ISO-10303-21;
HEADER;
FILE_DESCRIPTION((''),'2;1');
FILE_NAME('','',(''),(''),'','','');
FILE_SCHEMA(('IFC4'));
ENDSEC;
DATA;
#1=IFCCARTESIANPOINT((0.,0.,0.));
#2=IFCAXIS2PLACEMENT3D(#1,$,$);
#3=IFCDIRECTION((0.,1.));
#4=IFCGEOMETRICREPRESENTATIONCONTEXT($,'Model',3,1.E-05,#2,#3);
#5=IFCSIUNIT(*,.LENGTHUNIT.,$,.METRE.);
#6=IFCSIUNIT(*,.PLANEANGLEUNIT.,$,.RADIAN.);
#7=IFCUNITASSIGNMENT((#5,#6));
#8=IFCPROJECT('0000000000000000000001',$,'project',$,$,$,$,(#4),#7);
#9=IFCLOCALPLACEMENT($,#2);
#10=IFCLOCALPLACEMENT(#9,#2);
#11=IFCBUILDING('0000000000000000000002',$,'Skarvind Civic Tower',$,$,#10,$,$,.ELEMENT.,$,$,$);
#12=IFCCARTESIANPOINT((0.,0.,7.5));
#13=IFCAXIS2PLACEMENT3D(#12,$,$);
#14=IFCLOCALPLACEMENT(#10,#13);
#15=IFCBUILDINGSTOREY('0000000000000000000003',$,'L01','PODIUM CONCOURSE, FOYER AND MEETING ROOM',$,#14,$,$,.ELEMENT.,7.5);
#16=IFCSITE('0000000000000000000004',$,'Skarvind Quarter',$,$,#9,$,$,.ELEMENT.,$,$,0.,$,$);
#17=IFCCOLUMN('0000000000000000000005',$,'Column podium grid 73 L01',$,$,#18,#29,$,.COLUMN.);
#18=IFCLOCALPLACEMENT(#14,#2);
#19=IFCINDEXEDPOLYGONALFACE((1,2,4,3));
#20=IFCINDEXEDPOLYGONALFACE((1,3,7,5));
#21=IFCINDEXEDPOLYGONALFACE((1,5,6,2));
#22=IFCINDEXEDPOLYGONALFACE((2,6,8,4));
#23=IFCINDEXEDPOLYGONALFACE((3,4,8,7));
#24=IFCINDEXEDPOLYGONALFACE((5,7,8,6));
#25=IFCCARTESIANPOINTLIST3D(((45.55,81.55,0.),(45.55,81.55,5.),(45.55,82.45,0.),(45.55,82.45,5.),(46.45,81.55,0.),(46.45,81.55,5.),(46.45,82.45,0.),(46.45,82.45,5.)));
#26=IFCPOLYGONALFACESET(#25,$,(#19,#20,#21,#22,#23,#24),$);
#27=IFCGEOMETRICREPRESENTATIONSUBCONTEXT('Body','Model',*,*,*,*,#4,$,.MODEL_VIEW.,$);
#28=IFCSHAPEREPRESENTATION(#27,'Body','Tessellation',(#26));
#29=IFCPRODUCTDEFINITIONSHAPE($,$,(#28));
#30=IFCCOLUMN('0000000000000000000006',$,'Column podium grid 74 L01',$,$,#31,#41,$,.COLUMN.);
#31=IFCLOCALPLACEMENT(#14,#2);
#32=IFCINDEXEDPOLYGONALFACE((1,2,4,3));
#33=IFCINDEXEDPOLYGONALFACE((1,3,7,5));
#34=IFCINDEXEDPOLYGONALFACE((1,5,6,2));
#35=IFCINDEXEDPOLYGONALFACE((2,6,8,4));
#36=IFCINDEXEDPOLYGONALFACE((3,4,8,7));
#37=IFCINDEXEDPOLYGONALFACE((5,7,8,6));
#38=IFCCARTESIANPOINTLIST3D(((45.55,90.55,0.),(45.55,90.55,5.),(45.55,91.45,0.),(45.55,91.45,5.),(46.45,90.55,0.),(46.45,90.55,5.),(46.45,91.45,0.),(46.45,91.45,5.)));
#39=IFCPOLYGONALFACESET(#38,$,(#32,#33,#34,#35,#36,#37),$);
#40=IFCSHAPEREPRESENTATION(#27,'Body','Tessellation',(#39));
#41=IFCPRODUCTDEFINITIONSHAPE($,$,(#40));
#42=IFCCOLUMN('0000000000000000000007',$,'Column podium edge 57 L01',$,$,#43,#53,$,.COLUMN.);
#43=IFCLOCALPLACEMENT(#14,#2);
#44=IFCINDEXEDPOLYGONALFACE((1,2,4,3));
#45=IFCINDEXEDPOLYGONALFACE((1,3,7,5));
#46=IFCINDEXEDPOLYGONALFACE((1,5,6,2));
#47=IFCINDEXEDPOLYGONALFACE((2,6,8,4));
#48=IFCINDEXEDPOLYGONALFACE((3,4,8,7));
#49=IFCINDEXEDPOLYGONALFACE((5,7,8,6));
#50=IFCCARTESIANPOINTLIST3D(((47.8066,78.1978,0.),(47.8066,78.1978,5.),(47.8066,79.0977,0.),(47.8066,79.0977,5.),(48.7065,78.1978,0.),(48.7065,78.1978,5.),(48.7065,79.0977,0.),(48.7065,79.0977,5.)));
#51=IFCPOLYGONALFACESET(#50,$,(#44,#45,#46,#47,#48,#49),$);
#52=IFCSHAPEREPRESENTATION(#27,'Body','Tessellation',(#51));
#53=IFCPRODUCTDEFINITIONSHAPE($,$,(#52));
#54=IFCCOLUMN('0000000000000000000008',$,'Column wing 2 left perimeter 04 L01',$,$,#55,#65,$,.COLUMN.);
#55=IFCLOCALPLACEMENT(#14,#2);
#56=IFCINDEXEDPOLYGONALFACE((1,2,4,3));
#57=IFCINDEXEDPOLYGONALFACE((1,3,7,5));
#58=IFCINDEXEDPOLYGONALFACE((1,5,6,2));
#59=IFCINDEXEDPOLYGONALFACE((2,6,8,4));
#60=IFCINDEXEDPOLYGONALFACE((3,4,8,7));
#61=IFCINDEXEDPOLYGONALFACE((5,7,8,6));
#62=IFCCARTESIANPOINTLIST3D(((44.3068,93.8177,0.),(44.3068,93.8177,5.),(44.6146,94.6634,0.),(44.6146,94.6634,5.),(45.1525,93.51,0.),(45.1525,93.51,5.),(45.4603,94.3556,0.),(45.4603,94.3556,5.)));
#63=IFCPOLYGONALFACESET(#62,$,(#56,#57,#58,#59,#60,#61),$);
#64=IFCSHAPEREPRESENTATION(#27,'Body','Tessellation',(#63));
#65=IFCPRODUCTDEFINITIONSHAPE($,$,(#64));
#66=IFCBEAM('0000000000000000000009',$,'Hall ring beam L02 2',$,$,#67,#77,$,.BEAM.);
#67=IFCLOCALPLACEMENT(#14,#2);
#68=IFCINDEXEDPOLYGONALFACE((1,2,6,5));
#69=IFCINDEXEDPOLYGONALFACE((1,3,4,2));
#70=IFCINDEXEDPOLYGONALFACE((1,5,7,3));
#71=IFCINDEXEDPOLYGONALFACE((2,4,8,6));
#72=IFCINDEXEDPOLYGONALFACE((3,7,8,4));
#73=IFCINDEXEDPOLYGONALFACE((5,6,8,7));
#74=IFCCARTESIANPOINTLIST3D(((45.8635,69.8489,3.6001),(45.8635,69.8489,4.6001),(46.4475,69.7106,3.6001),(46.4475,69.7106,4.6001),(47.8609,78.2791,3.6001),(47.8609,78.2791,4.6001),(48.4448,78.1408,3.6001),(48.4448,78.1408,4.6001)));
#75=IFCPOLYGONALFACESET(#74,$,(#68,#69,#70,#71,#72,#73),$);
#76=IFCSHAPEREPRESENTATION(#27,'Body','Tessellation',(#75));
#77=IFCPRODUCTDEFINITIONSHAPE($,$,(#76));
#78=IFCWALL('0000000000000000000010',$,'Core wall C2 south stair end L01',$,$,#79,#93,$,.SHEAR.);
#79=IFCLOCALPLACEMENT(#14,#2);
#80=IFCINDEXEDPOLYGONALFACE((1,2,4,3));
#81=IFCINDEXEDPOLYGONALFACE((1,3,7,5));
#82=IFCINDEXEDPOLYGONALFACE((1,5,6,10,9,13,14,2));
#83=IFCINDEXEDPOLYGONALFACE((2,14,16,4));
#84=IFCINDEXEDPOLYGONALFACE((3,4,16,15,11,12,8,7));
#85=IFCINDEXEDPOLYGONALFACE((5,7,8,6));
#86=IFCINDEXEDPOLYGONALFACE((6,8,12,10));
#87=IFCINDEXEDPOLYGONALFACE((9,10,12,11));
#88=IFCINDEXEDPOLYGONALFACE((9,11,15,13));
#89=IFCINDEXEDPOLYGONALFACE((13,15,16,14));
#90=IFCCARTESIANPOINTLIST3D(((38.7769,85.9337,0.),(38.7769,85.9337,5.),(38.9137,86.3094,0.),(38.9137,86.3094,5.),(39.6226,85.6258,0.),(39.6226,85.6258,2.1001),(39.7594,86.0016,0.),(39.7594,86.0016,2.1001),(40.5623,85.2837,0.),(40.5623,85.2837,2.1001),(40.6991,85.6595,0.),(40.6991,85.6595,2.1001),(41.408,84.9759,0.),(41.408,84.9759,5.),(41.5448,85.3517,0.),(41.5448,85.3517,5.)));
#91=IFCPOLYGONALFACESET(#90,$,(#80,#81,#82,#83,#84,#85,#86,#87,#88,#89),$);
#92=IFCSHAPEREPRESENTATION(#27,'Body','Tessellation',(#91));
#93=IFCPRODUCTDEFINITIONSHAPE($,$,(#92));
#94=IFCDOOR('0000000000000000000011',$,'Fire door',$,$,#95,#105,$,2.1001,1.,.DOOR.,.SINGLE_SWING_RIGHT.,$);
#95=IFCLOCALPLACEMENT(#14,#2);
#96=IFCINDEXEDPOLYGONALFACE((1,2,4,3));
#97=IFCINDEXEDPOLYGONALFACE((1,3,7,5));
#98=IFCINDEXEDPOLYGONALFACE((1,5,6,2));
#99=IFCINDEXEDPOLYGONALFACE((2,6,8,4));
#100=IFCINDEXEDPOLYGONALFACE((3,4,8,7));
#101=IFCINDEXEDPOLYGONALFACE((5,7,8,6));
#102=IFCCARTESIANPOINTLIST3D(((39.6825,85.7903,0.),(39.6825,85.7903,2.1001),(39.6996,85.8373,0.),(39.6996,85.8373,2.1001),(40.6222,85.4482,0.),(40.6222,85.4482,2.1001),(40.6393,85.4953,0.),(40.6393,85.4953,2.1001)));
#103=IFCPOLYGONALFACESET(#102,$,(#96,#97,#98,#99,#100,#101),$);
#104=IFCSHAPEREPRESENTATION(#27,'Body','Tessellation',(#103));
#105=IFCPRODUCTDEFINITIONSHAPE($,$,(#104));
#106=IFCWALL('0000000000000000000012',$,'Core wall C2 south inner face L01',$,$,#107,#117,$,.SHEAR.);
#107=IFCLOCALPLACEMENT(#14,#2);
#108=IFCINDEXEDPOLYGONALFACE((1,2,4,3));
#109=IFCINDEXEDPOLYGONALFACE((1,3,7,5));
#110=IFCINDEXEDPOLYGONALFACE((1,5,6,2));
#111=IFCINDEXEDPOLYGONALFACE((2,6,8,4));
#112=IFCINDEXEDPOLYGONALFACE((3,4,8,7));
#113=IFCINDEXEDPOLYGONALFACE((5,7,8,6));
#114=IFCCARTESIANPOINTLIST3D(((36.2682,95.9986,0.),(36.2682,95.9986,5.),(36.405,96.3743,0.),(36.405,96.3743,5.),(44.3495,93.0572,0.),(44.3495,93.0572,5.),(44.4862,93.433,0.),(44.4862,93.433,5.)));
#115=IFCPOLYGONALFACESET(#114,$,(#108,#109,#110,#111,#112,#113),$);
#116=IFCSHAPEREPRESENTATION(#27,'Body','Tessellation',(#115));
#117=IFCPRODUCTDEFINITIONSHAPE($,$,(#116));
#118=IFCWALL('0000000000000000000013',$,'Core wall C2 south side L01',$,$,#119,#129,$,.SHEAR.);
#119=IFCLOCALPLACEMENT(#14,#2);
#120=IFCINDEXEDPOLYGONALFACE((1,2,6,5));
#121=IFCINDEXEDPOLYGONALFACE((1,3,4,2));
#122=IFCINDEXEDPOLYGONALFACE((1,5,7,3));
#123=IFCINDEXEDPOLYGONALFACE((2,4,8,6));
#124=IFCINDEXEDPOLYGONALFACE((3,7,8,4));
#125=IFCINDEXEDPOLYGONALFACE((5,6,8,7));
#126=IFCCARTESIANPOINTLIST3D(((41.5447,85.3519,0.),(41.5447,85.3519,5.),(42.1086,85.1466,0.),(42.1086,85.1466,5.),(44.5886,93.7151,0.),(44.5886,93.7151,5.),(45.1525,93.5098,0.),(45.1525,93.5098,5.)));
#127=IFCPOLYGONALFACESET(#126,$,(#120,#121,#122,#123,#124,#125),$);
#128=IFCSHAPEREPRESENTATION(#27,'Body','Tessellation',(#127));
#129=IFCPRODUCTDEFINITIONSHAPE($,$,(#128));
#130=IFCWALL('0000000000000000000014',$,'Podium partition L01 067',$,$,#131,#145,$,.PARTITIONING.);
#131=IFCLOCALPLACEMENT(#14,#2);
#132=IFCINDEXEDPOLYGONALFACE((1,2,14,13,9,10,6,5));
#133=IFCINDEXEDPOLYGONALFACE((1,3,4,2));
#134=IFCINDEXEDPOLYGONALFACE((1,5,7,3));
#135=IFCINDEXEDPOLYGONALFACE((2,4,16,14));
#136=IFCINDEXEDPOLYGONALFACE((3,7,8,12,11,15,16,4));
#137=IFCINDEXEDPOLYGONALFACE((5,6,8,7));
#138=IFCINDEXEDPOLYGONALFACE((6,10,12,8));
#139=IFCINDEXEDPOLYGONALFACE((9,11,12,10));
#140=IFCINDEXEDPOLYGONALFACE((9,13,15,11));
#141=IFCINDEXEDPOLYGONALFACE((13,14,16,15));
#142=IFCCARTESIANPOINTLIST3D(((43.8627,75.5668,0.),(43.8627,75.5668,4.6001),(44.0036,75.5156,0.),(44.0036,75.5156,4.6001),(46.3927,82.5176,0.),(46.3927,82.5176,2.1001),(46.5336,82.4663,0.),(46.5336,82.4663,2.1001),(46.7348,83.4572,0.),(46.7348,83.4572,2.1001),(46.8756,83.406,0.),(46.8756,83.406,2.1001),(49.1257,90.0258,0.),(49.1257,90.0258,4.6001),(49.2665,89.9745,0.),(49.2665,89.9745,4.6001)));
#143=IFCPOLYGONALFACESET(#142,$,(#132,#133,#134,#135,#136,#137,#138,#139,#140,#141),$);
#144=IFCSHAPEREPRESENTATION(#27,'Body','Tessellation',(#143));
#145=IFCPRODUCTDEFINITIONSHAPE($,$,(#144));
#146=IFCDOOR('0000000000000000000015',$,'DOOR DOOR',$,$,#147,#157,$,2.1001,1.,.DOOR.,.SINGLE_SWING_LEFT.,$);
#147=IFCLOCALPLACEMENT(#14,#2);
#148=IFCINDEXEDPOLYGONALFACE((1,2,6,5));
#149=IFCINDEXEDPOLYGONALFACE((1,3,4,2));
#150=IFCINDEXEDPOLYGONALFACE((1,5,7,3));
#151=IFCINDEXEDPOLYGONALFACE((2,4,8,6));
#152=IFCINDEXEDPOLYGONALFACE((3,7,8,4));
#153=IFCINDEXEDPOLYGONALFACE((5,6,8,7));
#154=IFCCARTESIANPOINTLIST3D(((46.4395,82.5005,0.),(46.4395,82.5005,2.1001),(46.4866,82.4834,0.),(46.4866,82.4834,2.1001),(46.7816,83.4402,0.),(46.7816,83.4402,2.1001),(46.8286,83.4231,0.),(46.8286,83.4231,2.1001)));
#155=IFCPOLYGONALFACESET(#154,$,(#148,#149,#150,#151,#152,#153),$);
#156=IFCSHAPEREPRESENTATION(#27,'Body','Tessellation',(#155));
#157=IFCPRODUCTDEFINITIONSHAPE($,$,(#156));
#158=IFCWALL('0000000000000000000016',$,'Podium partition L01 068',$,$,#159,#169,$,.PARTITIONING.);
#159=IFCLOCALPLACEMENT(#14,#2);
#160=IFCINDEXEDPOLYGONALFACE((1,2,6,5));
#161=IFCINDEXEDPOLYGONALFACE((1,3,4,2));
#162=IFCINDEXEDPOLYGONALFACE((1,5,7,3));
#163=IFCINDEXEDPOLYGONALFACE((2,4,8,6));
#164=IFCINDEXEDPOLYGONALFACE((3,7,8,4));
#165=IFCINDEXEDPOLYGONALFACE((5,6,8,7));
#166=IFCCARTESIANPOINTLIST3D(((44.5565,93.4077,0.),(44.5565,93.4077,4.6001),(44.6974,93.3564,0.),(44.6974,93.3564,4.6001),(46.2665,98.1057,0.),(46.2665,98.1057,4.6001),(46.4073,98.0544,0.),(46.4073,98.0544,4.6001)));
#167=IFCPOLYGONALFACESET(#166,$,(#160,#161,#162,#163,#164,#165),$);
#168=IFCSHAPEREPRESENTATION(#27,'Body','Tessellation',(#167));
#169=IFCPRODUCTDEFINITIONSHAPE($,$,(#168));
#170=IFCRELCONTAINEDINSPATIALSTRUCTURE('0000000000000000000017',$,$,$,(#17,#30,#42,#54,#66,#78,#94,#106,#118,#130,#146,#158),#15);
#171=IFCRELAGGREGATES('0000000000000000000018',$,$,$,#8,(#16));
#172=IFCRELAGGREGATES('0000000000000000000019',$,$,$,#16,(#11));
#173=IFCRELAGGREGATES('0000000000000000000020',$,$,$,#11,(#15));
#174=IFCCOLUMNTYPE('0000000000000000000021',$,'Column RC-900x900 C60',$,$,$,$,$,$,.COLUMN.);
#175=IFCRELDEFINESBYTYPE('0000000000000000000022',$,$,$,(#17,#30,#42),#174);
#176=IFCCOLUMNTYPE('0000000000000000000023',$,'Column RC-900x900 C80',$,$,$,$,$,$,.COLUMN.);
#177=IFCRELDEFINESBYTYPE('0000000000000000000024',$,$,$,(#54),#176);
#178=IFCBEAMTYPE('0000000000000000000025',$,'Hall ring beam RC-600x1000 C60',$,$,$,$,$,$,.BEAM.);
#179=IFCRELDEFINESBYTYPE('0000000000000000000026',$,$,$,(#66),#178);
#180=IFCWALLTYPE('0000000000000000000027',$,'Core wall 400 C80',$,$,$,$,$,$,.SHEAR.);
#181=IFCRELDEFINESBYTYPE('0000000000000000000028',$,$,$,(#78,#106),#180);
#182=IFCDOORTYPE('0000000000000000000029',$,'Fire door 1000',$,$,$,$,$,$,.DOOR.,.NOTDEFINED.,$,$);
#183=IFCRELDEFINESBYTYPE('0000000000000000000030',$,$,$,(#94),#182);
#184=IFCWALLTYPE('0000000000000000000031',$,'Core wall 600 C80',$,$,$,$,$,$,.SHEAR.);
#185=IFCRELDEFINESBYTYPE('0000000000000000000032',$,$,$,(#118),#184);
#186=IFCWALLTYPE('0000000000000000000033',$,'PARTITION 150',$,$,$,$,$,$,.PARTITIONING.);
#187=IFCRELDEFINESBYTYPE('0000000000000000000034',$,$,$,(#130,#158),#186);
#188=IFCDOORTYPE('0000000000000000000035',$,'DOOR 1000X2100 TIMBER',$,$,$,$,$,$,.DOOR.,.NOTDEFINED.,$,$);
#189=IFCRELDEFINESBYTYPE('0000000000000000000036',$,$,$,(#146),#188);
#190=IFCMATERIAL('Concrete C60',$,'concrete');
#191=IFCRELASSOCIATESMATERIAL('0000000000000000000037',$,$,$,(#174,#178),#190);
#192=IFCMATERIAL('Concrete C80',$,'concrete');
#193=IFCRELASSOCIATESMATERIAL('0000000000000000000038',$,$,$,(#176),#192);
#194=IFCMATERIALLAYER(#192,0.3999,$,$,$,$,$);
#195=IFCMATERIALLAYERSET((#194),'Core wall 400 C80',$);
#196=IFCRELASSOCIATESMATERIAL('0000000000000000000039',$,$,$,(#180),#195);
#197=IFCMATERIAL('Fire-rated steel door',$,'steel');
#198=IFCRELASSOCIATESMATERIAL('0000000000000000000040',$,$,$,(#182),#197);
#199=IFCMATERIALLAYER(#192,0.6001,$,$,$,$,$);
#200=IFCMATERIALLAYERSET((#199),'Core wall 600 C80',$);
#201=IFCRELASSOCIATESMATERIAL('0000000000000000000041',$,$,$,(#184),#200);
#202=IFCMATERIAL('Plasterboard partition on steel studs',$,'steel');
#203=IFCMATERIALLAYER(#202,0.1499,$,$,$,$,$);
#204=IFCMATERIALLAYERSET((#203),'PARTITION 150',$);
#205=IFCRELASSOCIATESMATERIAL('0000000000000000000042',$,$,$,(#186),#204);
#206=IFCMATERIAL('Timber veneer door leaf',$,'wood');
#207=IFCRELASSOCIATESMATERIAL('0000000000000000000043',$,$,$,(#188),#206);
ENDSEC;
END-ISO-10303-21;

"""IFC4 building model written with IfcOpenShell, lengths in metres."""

from ifc_helpers import new_model, si_unit, direction, frame, frame_2d, origin, origin_2d, place, context, subcontext, project, spatial, rectangle, extrude, material, layer, layer_set, material_profile, profile_set, type_object, element, fill, save


model = new_model("IFC4")

# Units and contexts
model_context = context("Model", 3, precision=1e-05, world=origin(), true_north=direction((0.0, 1.0)))
body_context = subcontext(model_context, "Body", "Model", "MODEL_VIEW")
ifc_project = project(units=[si_unit("LENGTHUNIT", "METRE"), si_unit("PLANEANGLEUNIT", "RADIAN")], contexts=[model_context])

# Site, building, storey
site_placement = place(None, origin())
site = spatial("IfcSite", under=ifc_project, at=site_placement, Name="Skarvind Quarter", CompositionType="ELEMENT", RefElevation=0.0)
building_placement = place(site_placement, origin())
building = spatial("IfcBuilding", under=site, at=building_placement, Name="Skarvind Civic Tower", CompositionType="ELEMENT")
storey_placement = place(building_placement, frame((0.0, 0.0, 7.5)))
storey = spatial("IfcBuildingStorey", under=building, at=storey_placement, Name="L01", Description="PODIUM CONCOURSE, FOYER AND MEETING ROOM", CompositionType="ELEMENT", Elevation=7.5)

# Columns
ifc_material_1 = material(Name="Concrete C60", Category="concrete")
ifc_material_profile_1 = material_profile(ifc_material_1, rectangle(XDim=0.8999, YDim=0.8999, at=origin_2d()), Name="RC-900x900")
ifc_profile_set_1 = profile_set([ifc_material_profile_1], Name="Concrete C60")
column_type_1 = type_object("IfcColumnType", Name="Column RC-900x900 C60", PredefinedType="COLUMN", material=ifc_profile_set_1)
for number, where, z_axis, x_axis, name in (
    (1, (46.0, 82.0, 0.0), (0.0, 0.0, 1.0), (1.0, 0.0, 0.0), "Column podium grid 73 L01"),
    (2, (46.0, 91.0, 0.0), (0.0, 0.0, 1.0), (1.0, 0.0, 0.0), "Column podium grid 74 L01"),
    (3, (48.2566, 78.6477, 0.0), (0.0, 0.0, 1.0), (1.0, 0.0, 0.0), "Column podium edge 57 L01"),
):
    element("IfcColumn", number, at=place(storey_placement, frame(where, z_axis=z_axis, x_axis=x_axis)), inside=storey, type_object=column_type_1, Name=name, PredefinedType="COLUMN", context=body_context, shape_type="SweptSolid", body=[
        extrude(rectangle(XDim=0.8999, YDim=0.8999, at=origin_2d()), origin(), (0.0, 0.0, 1.0), 5.0),
    ])
ifc_material_2 = material(Name="Concrete C80", Category="concrete")
ifc_material_profile_2 = material_profile(ifc_material_2, rectangle(XDim=0.8999, YDim=0.8999, at=origin_2d()), Name="RC-900x900")
ifc_profile_set_2 = profile_set([ifc_material_profile_2], Name="Concrete C80")
column_type_2 = type_object("IfcColumnType", Name="Column RC-900x900 C80", PredefinedType="COLUMN", material=ifc_profile_set_2)
column_placement = place(storey_placement, frame((44.8835, 94.0867, 0.0), z_axis=(0.0, 0.0, 1.0), x_axis=(-0.34202, -0.939693, 0.0)))
element("IfcColumn", 4, at=column_placement, inside=storey, type_object=column_type_2, Name="Column wing 2 left perimeter 04 L01", PredefinedType="COLUMN", context=body_context, shape_type="SweptSolid", body=[
    extrude(rectangle(XDim=0.8999, YDim=0.8999, at=origin_2d()), origin(), (0.0, 0.0, 1.0), 5.0),
])

# Beam
ifc_material_profile_3 = material_profile(ifc_material_1, rectangle(XDim=0.6001, YDim=1.0, at=origin_2d()), Name="RC-600x1000")
ifc_profile_set_3 = profile_set([ifc_material_profile_3], Name="Concrete C60")
beam_type = type_object("IfcBeamType", Name="Hall ring beam RC-600x1000 C60", PredefinedType="BEAM", material=ifc_profile_set_3)
beam_placement = place(storey_placement, frame((48.1528, 78.21, 4.1001), z_axis=(-0.230542, -0.973062, 0.0), x_axis=(0.973062, -0.230542, 0.0)))
element("IfcBeam", 5, at=beam_placement, inside=storey, type_object=beam_type, Name="Hall ring beam L02 2", PredefinedType="BEAM", context=body_context, shape_type="SweptSolid", body=[
    extrude(rectangle(XDim=0.6001, YDim=1.0, at=origin_2d()), origin(), (0.0, 0.0, 1.0), 8.6636),
])

# Wall, opening, door
ifc_layer_1 = layer(ifc_material_2, 0.3999)
ifc_layer_set_1 = layer_set([ifc_layer_1], Name="Core wall 400 C80")
wall_type_1 = type_object("IfcWallType", Name="Core wall 400 C80", PredefinedType="SHEAR", material=ifc_layer_set_1)
wall_1_placement = place(storey_placement, frame((41.4763, 85.1638, 0.0), z_axis=(0.0, 0.0, 1.0), x_axis=(-0.939679, 0.342058, 0.0)))
wall_1 = element("IfcWall", 6, at=wall_1_placement, inside=storey, type_object=wall_type_1, Name="Core wall C2 south stair end L01", PredefinedType="SHEAR", context=body_context, shape_type="SweptSolid", body=[
    extrude(rectangle(XDim=2.8, YDim=0.3999, at=frame_2d((1.3999, 0.0))), origin(), (0.0, 0.0, 1.0), 5.0),
])
opening_1_placement = place(wall_1_placement, frame((0.8999, 0.0, 0.0)))
opening_1 = element("IfcOpeningElement", 7, at=opening_1_placement, cuts=wall_1, PredefinedType="OPENING", context=body_context, shape_type="SweptSolid", body=[
    extrude(rectangle(XDim=1.0, YDim=2.1001, at=frame_2d((0.5, 1.05))), frame((0.0, 0.21, 0.0), z_axis=(0.0, -1.0, 0.0), x_axis=(1.0, 0.0, 0.0)), (0.0, 0.0, 1.0), 0.4199),
])
ifc_material_3 = material(Name="Fire-rated steel door", Category="steel")
door_type_1 = type_object("IfcDoorType", Name="Fire door 1000", OperationType="NOTDEFINED", PredefinedType="DOOR", material=ifc_material_3)
door_1_placement = place(opening_1_placement, origin())
door_1 = element("IfcDoor", 8, at=door_1_placement, inside=storey, type_object=door_type_1, Name="Fire door", OperationType="SINGLE_SWING_RIGHT", OverallHeight=2.1001, OverallWidth=1.0, PredefinedType="DOOR", context=body_context, shape_type="SweptSolid", body=[
    extrude(rectangle(XDim=1.0, YDim=2.1001, at=frame_2d((0.5, 1.05))), frame((0.0, 0.0249, 0.0), z_axis=(0.0, -1.0, 0.0), x_axis=(1.0, 0.0, 0.0)), (0.0, 0.0, 1.0), 0.05),
])
fill(opening_1, door_1)

# Walls
wall_2_placement = place(storey_placement, frame((44.4177, 93.2451, 0.0), z_axis=(0.0, 0.0, 1.0), x_axis=(-0.939691, 0.342026, 0.0)))
element("IfcWall", 9, at=wall_2_placement, inside=storey, type_object=wall_type_1, Name="Core wall C2 south inner face L01", PredefinedType="SHEAR", context=body_context, shape_type="SweptSolid", body=[
    extrude(rectangle(XDim=8.5999, YDim=0.3999, at=frame_2d((4.2998, 0.0))), origin(), (0.0, 0.0, 1.0), 5.0),
])
ifc_layer_2 = layer(ifc_material_2, 0.6001)
ifc_layer_set_2 = layer_set([ifc_layer_2], Name="Core wall 600 C80")
wall_type_2 = type_object("IfcWallType", Name="Core wall 600 C80", PredefinedType="SHEAR", material=ifc_layer_set_2)
wall_3_placement = place(storey_placement, frame((41.8267, 85.2493, 0.0), z_axis=(0.0, 0.0, 1.0), x_axis=(0.342016, 0.939694, 0.0)))
element("IfcWall", 10, at=wall_3_placement, inside=storey, type_object=wall_type_2, Name="Core wall C2 south side L01", PredefinedType="SHEAR", context=body_context, shape_type="SweptSolid", body=[
    extrude(rectangle(XDim=8.8999, YDim=0.6001, at=frame_2d((4.45, 0.0))), origin(), (0.0, 0.0, 1.0), 5.0),
])

# Wall, opening, door
ifc_material_4 = material(Name="Plasterboard partition on steel studs", Category="steel")
ifc_layer_3 = layer(ifc_material_4, 0.1499)
ifc_layer_set_3 = layer_set([ifc_layer_3], Name="PARTITION 150")
wall_type_3 = type_object("IfcWallType", Name="PARTITION 150", PredefinedType="PARTITIONING", material=ifc_layer_set_3)
wall_4_placement = place(storey_placement, frame((49.196, 90.0, 0.0), z_axis=(0.0, 0.0, 1.0), x_axis=(-0.342037, -0.939686, 0.0)))
wall_4 = element("IfcWall", 11, at=wall_4_placement, inside=storey, type_object=wall_type_3, Name="Podium partition L01 067", PredefinedType="PARTITIONING", context=body_context, shape_type="SweptSolid", body=[
    extrude(rectangle(XDim=15.387, YDim=0.1499, at=frame_2d((7.6934, 0.0))), origin(), (0.0, 0.0, 1.0), 4.6001),
])
opening_2_placement = place(wall_4_placement, frame((6.99, 0.0, 0.0)))
opening_2 = element("IfcOpeningElement", 12, at=opening_2_placement, cuts=wall_4, PredefinedType="OPENING", context=body_context, shape_type="SweptSolid", body=[
    extrude(rectangle(XDim=1.0, YDim=2.1001, at=frame_2d((0.5, 1.05))), frame((0.0, 0.085, 0.0), z_axis=(0.0, -1.0, 0.0), x_axis=(1.0, 0.0, 0.0)), (0.0, 0.0, 1.0), 0.1699),
])
ifc_material_5 = material(Name="Timber veneer door leaf", Category="wood")
door_type_2 = type_object("IfcDoorType", Name="DOOR 1000X2100 TIMBER", OperationType="NOTDEFINED", PredefinedType="DOOR", material=ifc_material_5)
door_2_placement = place(opening_2_placement, origin())
door_2 = element("IfcDoor", 13, at=door_2_placement, inside=storey, type_object=door_type_2, Name="DOOR DOOR", OperationType="SINGLE_SWING_LEFT", OverallHeight=2.1001, OverallWidth=1.0, PredefinedType="DOOR", context=body_context, shape_type="SweptSolid", body=[
    extrude(rectangle(XDim=1.0, YDim=2.1001, at=frame_2d((0.5, 1.05))), frame((0.0, 0.0249, 0.0), z_axis=(0.0, -1.0, 0.0), x_axis=(1.0, 0.0, 0.0)), (0.0, 0.0, 1.0), 0.05),
])
fill(opening_2, door_2)

# Wall
wall_5_placement = place(storey_placement, frame((44.627, 93.3821, 0.0), z_axis=(0.0, 0.0, 1.0), x_axis=(0.342025, 0.939691, 0.0)))
element("IfcWall", 14, at=wall_5_placement, inside=storey, type_object=wall_type_3, Name="Podium partition L01 068", PredefinedType="PARTITIONING", context=body_context, shape_type="SweptSolid", body=[
    extrude(rectangle(XDim=4.9995, YDim=0.1499, at=frame_2d((2.4998, 0.0))), origin(), (0.0, 0.0, 1.0), 4.6001),
])

save(model, "model.ifc")
